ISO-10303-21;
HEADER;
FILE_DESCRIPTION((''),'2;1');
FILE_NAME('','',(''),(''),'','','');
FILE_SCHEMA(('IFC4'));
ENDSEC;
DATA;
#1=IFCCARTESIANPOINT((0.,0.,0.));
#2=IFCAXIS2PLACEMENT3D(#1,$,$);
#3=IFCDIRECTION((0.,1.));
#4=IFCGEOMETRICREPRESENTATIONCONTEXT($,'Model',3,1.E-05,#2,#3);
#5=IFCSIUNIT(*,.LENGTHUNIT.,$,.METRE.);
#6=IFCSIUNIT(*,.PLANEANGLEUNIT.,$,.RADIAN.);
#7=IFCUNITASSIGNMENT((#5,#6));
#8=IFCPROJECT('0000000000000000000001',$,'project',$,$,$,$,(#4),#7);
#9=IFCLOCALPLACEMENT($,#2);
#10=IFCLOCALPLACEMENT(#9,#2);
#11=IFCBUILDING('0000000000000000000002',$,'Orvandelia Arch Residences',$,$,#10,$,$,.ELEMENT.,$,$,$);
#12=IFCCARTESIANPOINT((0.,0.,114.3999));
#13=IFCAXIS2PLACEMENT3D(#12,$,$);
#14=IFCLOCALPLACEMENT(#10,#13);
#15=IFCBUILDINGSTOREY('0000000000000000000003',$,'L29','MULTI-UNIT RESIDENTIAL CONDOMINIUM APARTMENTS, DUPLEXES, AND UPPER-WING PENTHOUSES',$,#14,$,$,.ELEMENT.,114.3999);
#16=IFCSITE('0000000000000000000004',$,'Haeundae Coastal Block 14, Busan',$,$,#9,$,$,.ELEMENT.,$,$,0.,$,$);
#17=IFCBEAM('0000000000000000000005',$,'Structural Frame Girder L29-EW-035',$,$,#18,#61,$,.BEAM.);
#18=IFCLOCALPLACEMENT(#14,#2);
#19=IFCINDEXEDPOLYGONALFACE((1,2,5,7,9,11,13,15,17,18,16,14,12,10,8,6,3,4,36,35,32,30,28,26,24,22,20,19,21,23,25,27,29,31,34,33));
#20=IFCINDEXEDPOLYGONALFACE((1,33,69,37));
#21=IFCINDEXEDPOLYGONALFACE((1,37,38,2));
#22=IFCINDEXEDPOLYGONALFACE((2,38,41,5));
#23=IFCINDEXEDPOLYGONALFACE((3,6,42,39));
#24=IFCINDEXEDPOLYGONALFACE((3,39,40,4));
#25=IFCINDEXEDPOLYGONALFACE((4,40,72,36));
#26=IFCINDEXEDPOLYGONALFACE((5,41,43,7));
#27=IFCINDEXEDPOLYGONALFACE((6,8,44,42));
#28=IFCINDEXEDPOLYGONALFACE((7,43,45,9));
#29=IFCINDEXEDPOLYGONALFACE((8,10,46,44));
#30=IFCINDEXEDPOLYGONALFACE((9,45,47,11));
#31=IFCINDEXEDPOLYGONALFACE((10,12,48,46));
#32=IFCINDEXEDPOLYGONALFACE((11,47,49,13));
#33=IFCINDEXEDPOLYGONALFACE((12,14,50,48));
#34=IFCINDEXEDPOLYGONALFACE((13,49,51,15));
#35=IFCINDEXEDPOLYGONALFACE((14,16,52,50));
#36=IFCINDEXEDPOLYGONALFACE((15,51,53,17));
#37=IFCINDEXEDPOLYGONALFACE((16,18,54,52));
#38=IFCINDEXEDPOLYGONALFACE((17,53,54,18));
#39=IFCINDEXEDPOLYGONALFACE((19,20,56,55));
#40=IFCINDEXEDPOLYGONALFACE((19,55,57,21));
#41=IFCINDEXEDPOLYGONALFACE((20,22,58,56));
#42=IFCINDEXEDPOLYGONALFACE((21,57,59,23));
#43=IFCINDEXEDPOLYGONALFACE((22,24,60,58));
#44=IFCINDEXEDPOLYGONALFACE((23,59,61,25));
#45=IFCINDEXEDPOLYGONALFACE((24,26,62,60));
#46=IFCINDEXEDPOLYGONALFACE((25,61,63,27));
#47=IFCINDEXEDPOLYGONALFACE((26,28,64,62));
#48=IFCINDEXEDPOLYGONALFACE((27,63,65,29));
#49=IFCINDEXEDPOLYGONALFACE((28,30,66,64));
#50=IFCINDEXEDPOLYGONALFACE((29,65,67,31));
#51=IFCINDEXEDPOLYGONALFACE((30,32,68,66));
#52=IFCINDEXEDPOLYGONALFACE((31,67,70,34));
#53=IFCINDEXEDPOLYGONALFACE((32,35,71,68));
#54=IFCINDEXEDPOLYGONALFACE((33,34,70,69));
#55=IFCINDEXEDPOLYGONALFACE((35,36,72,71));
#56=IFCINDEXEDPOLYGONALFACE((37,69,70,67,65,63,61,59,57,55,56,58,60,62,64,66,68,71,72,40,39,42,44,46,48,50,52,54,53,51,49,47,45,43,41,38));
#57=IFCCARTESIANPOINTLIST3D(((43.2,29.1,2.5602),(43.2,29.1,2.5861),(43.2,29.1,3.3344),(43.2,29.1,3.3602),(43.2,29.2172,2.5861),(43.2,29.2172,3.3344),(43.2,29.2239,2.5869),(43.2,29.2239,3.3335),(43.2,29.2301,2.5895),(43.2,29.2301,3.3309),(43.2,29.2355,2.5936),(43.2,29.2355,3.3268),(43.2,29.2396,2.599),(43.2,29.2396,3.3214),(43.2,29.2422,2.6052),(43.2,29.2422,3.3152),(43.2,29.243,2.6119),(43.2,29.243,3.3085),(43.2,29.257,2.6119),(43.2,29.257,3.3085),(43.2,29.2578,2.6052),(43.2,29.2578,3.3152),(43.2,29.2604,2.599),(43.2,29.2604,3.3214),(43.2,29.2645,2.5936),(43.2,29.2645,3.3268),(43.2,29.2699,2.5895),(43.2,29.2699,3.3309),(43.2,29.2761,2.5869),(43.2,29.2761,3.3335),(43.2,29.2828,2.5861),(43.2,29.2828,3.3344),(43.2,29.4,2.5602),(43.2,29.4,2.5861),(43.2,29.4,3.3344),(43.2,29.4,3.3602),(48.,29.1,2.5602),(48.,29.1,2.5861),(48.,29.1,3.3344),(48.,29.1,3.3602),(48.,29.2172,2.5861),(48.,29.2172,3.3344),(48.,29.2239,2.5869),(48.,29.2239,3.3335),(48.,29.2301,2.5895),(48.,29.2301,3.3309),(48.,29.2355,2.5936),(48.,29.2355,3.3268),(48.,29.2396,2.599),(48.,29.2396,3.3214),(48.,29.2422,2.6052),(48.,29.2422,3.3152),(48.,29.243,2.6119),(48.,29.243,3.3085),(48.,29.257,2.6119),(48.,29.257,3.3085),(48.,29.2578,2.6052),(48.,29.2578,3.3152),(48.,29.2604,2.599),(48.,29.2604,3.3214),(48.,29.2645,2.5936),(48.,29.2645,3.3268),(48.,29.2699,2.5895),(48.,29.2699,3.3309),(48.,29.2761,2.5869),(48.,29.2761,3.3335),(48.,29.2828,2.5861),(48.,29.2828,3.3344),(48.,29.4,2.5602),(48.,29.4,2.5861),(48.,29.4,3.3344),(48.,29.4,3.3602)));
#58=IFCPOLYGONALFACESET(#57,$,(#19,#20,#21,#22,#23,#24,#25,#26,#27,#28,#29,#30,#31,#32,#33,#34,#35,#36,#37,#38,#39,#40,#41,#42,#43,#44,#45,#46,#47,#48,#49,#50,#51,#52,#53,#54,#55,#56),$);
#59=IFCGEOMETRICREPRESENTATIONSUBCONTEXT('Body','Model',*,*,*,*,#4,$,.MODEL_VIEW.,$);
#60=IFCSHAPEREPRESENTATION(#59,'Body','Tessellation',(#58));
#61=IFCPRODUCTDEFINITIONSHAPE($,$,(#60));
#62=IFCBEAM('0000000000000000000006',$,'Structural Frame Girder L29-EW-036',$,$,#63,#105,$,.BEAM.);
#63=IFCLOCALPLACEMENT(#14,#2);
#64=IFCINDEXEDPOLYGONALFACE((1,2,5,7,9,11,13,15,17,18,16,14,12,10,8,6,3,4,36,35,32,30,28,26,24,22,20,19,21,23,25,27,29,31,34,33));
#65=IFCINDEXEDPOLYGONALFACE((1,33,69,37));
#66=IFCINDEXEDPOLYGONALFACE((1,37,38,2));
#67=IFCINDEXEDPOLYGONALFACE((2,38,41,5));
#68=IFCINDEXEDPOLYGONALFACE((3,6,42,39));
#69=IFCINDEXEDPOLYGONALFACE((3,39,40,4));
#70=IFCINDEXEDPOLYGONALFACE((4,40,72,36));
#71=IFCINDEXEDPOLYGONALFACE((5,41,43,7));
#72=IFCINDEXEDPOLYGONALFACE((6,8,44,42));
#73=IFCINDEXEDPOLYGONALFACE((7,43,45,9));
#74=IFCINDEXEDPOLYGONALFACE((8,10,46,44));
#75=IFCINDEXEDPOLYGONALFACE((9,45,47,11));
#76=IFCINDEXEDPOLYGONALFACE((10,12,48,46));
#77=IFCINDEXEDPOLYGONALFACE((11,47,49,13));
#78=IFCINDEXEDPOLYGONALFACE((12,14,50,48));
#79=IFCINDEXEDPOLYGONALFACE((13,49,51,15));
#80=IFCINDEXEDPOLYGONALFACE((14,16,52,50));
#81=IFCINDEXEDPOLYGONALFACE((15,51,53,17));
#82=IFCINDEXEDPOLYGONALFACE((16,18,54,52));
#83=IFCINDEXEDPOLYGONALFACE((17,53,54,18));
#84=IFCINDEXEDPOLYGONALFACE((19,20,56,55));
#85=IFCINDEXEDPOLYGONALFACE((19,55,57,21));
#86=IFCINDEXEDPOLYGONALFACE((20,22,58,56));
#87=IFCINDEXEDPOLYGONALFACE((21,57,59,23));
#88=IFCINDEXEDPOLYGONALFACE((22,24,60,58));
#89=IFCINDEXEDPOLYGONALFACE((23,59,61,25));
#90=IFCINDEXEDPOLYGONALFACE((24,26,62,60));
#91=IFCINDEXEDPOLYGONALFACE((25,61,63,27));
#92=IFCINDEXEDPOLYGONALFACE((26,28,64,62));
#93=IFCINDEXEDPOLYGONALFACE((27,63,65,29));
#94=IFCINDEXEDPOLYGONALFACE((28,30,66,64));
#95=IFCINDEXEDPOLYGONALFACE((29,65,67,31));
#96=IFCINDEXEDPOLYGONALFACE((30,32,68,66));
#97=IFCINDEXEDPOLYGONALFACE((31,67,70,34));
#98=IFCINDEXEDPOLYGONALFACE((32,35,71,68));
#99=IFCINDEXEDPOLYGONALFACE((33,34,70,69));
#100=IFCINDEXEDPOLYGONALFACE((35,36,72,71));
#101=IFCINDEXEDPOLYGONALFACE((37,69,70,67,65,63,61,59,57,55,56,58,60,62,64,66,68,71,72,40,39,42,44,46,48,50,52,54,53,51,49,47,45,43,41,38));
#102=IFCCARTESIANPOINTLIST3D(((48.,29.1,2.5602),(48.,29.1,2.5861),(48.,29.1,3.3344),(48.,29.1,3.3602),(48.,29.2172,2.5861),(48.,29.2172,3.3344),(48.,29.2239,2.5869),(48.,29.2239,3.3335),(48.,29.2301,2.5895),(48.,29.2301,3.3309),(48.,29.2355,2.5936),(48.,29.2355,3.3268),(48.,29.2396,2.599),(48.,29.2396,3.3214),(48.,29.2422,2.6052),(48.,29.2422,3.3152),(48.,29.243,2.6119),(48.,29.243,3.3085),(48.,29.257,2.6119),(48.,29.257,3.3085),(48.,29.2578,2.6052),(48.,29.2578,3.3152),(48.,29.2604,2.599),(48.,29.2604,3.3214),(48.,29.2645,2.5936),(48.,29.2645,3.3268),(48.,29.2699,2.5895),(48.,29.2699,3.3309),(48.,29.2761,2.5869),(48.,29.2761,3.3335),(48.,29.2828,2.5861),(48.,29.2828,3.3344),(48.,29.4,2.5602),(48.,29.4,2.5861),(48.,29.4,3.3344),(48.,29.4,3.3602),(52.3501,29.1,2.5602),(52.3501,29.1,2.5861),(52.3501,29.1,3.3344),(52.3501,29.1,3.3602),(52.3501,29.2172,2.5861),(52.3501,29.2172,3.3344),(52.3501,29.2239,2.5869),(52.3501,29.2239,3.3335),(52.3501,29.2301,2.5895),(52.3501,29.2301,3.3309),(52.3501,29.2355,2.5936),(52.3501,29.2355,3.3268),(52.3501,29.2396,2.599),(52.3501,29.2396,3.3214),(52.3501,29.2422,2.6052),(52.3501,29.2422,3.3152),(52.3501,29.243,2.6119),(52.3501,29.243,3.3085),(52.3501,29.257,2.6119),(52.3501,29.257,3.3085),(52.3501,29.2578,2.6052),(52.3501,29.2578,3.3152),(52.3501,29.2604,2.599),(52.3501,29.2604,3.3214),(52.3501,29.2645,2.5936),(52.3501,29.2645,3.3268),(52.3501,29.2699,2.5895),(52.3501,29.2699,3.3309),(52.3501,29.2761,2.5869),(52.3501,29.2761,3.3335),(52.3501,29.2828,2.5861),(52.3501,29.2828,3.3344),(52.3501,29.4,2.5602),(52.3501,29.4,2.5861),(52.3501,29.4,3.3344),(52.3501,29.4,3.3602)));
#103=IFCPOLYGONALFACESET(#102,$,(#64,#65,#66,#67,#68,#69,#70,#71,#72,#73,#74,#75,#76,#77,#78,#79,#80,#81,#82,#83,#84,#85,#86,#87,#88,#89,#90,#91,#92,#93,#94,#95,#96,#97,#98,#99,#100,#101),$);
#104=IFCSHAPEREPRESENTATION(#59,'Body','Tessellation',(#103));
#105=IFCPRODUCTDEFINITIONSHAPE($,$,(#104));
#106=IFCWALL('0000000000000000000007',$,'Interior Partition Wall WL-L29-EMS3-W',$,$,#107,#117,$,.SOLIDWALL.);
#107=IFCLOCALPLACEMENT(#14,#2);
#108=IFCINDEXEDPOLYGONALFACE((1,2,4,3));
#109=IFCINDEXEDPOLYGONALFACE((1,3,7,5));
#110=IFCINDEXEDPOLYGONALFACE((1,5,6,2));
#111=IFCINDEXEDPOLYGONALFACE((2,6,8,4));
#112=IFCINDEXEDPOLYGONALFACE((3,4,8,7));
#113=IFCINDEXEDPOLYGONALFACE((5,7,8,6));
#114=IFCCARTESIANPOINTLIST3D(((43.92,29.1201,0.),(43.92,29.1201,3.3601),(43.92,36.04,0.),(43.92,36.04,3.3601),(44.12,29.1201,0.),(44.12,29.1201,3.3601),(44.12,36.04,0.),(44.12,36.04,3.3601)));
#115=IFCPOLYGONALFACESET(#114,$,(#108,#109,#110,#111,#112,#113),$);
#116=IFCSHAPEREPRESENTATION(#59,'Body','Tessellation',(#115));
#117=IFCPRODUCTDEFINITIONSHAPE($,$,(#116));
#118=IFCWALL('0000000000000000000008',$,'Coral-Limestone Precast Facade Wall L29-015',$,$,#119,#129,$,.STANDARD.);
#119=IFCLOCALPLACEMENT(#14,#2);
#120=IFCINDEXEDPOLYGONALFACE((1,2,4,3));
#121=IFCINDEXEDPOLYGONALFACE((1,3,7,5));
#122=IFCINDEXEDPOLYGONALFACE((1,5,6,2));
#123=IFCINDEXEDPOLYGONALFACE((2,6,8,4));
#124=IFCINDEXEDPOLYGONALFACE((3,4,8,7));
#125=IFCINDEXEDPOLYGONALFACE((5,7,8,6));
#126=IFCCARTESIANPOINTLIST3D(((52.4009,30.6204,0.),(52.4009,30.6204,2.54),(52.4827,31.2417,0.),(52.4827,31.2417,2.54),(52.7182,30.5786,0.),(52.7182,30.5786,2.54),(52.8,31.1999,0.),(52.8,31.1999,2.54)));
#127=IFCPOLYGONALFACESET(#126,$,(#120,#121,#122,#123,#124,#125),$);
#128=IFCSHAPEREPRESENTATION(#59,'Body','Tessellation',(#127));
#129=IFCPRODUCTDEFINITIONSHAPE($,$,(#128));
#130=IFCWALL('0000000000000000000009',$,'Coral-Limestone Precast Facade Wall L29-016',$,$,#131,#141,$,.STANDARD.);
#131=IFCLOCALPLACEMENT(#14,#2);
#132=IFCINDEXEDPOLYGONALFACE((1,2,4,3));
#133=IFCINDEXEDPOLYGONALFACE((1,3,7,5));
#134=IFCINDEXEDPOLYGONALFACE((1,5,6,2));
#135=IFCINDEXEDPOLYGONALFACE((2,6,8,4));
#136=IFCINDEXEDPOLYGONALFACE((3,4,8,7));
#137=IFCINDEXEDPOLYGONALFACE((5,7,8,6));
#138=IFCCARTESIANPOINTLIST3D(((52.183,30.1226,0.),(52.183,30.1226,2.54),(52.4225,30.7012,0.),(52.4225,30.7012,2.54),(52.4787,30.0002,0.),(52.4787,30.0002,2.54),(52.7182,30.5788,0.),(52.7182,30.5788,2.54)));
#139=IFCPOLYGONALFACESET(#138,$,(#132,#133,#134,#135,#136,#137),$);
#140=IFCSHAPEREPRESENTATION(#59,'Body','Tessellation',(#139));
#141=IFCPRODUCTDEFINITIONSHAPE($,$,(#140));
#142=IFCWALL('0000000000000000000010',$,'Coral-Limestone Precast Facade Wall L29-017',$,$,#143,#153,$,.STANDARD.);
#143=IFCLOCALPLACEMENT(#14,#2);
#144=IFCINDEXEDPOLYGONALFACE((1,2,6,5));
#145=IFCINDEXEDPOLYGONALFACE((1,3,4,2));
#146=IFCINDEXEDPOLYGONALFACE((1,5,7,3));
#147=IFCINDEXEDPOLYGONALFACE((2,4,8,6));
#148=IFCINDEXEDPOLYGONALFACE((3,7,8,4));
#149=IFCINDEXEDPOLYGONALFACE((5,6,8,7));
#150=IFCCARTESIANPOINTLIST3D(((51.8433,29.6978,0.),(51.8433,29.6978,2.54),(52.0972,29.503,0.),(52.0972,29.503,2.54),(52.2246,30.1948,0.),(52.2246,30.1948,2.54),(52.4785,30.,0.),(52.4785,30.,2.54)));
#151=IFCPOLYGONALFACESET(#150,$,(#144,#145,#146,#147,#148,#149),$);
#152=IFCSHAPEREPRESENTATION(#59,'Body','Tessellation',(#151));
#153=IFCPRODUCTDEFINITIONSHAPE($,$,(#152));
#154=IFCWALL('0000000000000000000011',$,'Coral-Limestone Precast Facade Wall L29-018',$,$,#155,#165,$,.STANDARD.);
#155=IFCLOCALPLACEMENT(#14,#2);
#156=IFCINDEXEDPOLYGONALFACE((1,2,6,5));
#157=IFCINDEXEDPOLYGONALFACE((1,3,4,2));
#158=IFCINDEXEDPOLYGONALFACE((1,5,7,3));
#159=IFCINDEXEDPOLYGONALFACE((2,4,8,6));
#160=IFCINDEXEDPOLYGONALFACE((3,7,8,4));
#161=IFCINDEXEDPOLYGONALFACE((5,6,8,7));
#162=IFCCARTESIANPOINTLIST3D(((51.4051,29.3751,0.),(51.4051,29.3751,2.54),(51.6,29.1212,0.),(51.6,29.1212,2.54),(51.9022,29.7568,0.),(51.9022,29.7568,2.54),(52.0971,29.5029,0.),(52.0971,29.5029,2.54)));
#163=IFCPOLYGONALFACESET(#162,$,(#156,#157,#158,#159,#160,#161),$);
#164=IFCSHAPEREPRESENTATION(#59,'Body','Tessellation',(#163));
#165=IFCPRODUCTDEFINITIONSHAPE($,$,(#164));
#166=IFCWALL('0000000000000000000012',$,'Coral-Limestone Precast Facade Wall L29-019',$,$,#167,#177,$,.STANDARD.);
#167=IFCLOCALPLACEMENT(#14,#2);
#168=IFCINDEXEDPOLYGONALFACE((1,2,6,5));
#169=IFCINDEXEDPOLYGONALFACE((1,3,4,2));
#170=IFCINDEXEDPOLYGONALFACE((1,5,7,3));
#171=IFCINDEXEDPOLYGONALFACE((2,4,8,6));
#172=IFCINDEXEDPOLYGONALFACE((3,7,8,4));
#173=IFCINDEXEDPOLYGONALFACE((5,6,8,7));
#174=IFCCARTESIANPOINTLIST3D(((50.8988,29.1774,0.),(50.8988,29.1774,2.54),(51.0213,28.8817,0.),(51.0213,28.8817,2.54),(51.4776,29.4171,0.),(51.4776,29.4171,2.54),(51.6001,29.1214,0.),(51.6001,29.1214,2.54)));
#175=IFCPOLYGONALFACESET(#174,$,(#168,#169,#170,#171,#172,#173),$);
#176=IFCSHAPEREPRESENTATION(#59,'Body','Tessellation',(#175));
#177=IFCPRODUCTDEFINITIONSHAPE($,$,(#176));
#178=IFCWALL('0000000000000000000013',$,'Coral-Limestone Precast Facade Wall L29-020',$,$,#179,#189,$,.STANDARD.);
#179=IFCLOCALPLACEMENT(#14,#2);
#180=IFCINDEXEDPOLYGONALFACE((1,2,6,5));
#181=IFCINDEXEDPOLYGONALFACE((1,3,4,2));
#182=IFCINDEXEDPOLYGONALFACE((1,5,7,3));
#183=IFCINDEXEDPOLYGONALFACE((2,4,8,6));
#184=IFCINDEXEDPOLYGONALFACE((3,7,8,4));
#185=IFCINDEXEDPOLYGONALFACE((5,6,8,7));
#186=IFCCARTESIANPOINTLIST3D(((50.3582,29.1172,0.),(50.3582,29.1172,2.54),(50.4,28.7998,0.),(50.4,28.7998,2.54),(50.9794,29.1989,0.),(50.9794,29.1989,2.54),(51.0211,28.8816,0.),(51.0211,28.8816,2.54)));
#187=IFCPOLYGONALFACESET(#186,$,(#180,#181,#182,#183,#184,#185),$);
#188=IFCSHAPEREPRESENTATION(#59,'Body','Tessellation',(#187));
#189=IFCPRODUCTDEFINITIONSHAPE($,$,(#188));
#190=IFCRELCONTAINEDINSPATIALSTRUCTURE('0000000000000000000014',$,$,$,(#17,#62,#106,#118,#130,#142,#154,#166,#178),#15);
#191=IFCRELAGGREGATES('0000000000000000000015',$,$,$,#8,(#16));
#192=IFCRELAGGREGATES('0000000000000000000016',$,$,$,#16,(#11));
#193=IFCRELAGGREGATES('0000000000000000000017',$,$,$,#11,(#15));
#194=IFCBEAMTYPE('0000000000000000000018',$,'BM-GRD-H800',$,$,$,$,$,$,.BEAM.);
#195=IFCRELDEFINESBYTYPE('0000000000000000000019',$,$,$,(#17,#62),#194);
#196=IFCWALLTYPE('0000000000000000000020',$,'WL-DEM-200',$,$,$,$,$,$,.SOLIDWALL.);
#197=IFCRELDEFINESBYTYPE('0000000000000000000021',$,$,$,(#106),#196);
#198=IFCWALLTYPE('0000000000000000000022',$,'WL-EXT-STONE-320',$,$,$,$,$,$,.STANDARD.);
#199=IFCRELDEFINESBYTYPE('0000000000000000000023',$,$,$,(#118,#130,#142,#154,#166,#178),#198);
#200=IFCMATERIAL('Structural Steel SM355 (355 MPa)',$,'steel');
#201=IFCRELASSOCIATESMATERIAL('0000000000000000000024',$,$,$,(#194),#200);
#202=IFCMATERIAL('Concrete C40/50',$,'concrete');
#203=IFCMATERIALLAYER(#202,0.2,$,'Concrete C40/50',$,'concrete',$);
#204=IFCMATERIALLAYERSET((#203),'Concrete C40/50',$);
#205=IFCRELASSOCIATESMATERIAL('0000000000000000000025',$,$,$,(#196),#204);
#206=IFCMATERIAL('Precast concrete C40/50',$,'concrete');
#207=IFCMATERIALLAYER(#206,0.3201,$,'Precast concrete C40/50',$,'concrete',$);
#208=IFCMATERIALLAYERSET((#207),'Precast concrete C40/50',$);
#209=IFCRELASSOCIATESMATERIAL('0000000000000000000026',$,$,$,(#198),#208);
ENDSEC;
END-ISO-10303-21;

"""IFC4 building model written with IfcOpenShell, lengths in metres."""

from ifc_helpers import new_model, si_unit, direction, frame, frame_2d, origin, origin_2d, place, context, subcontext, project, spatial, rectangle, i_section, extrude, material, layer, layer_set, material_profile, profile_set, type_object, element, save


model = new_model("IFC4")

# Units and contexts
model_context = context("Model", 3, precision=1e-05, world=origin(), true_north=direction((0.0, 1.0)))
body_context = subcontext(model_context, "Body", "Model", "MODEL_VIEW")
ifc_project = project(units=[si_unit("LENGTHUNIT", "METRE"), si_unit("PLANEANGLEUNIT", "RADIAN")], contexts=[model_context])

# Site, building, storey
site_placement = place(None, origin())
site = spatial("IfcSite", under=ifc_project, at=site_placement, Name="Haeundae Coastal Block 14, Busan", CompositionType="ELEMENT", RefElevation=0.0)
building_placement = place(site_placement, origin())
building = spatial("IfcBuilding", under=site, at=building_placement, Name="Orvandelia Arch Residences", CompositionType="ELEMENT")
storey_placement = place(building_placement, frame((0.0, 0.0, 114.3999)))
storey = spatial("IfcBuildingStorey", under=building, at=storey_placement, Name="L29", Description="MULTI-UNIT RESIDENTIAL CONDOMINIUM APARTMENTS, DUPLEXES, AND UPPER-WING PENTHOUSES", CompositionType="ELEMENT", Elevation=114.3999)

# Beams
ifc_material_1 = material(Name="Structural Steel SM355 (355 MPa)", Category="steel")
ifc_material_profile_1 = material_profile(ifc_material_1, i_section(OverallWidth=0.3, OverallDepth=0.8, WebThickness=0.0139, FlangeThickness=0.0259, FilletRadius=0.0259, at=origin_2d()), Name="Structural Steel SM355 (355 MPa)", Category="steel")
ifc_profile_set_1 = profile_set([ifc_material_profile_1], Name="Structural Steel SM355 (355 MPa)")
beam_type = type_object("IfcBeamType", Name="BM-GRD-H800", PredefinedType="BEAM", material=ifc_profile_set_1)
beam_1_placement = place(storey_placement, frame((43.2, 29.25, 2.9602), z_axis=(1.0, 0.0, 0.0), x_axis=(0.0, 1.0, 0.0)))
element("IfcBeam", 1, at=beam_1_placement, inside=storey, type_object=beam_type, Name="Structural Frame Girder L29-EW-035", PredefinedType="BEAM", context=body_context, shape_type="SweptSolid", body=[
    extrude(i_section(OverallWidth=0.3, OverallDepth=0.8, WebThickness=0.0139, FlangeThickness=0.0259, FilletRadius=0.0259, at=origin_2d()), origin(), (0.0, 0.0, 1.0), 4.8),
])
beam_2_placement = place(storey_placement, frame((48.0, 29.25, 2.9602), z_axis=(1.0, 0.0, 0.0), x_axis=(0.0, 1.0, 0.0)))
element("IfcBeam", 2, at=beam_2_placement, inside=storey, type_object=beam_type, Name="Structural Frame Girder L29-EW-036", PredefinedType="BEAM", context=body_context, shape_type="SweptSolid", body=[
    extrude(i_section(OverallWidth=0.3, OverallDepth=0.8, WebThickness=0.0139, FlangeThickness=0.0259, FilletRadius=0.0259, at=origin_2d()), origin(), (0.0, 0.0, 1.0), 4.3501),
])

# Walls
ifc_material_2 = material(Name="Concrete C40/50", Category="concrete")
ifc_layer_1 = layer(ifc_material_2, 0.2, Name="Concrete C40/50", Category="concrete")
ifc_layer_set_1 = layer_set([ifc_layer_1], Name="Concrete C40/50")
wall_type_1 = type_object("IfcWallType", Name="WL-DEM-200", PredefinedType="SOLIDWALL", material=ifc_layer_set_1)
wall_1_placement = place(storey_placement, frame((44.02, 29.1201, 0.0), z_axis=(0.0, 0.0, 1.0), x_axis=(0.0, 1.0, 0.0)))
element("IfcWall", 3, at=wall_1_placement, inside=storey, type_object=wall_type_1, Name="Interior Partition Wall WL-L29-EMS3-W", PredefinedType="SOLIDWALL", context=body_context, shape_type="SweptSolid", body=[
    extrude(rectangle(XDim=6.9199, YDim=0.2, at=frame_2d((3.46, 0.0))), origin(), (0.0, 0.0, 1.0), 3.3601),
])
ifc_material_3 = material(Name="Precast concrete C40/50", Category="concrete")
ifc_layer_2 = layer(ifc_material_3, 0.3201, Name="Precast concrete C40/50", Category="concrete")
ifc_layer_set_2 = layer_set([ifc_layer_2], Name="Precast concrete C40/50")
wall_type_2 = type_object("IfcWallType", Name="WL-EXT-STONE-320", PredefinedType="STANDARD", material=ifc_layer_set_2)
wall_2_placement = place(storey_placement, frame((52.6414, 31.2209, 0.0), z_axis=(0.0, 0.0, 1.0), x_axis=(-0.130505, -0.991448, 0.0)))
element("IfcWall", 4, at=wall_2_placement, inside=storey, type_object=wall_type_2, Name="Coral-Limestone Precast Facade Wall L29-015", PredefinedType="STANDARD", context=body_context, shape_type="SweptSolid", body=[
    extrude(rectangle(XDim=0.6267, YDim=0.3201, at=frame_2d((0.3135, 0.0))), origin(), (0.0, 0.0, 1.0), 2.54),
])
wall_3_placement = place(storey_placement, frame((52.5703, 30.6399, 0.0), z_axis=(0.0, 0.0, 1.0), x_axis=(-0.382455, -0.923974, 0.0)))
element("IfcWall", 5, at=wall_3_placement, inside=storey, type_object=wall_type_2, Name="Coral-Limestone Precast Facade Wall L29-016", PredefinedType="STANDARD", context=body_context, shape_type="SweptSolid", body=[
    extrude(rectangle(XDim=0.6262, YDim=0.3201, at=frame_2d((0.313, 0.0))), origin(), (0.0, 0.0, 1.0), 2.54),
])
wall_4_placement = place(storey_placement, frame((52.3516, 30.0974, 0.0), z_axis=(0.0, 0.0, 1.0), x_axis=(-0.608693, -0.793406, 0.0)))
element("IfcWall", 6, at=wall_4_placement, inside=storey, type_object=wall_type_2, Name="Coral-Limestone Precast Facade Wall L29-017", PredefinedType="STANDARD", context=body_context, shape_type="SweptSolid", body=[
    extrude(rectangle(XDim=0.6265, YDim=0.3201, at=frame_2d((0.3132, 0.0))), origin(), (0.0, 0.0, 1.0), 2.54),
])
wall_5_placement = place(storey_placement, frame((51.9998, 29.6299, 0.0), z_axis=(0.0, 0.0, 1.0), x_axis=(-0.793217, -0.608939, 0.0)))
element("IfcWall", 7, at=wall_5_placement, inside=storey, type_object=wall_type_2, Name="Coral-Limestone Precast Facade Wall L29-018", PredefinedType="STANDARD", context=body_context, shape_type="SweptSolid", body=[
    extrude(rectangle(XDim=0.6267, YDim=0.3201, at=frame_2d((0.3135, 0.0))), origin(), (0.0, 0.0, 1.0), 2.54),
])
for number, where, z_axis, x_axis, name in (
    (8, (51.5388, 29.2693, 0.0), (0.0, 0.0, 1.0), (-0.923893, -0.38265, 0.0), "Coral-Limestone Precast Facade Wall L29-019"),
    (9, (51.0002, 29.0403, 0.0), (0.0, 0.0, 1.0), (-0.991441, -0.130555, 0.0), "Coral-Limestone Precast Facade Wall L29-020"),
):
    element("IfcWall", number, at=place(storey_placement, frame(where, z_axis=z_axis, x_axis=x_axis)), inside=storey, type_object=wall_type_2, Name=name, PredefinedType="STANDARD", context=body_context, shape_type="SweptSolid", body=[
        extrude(rectangle(XDim=0.6265, YDim=0.3201, at=frame_2d((0.3132, 0.0))), origin(), (0.0, 0.0, 1.0), 2.54),
    ])

save(model, "model.ifc")
